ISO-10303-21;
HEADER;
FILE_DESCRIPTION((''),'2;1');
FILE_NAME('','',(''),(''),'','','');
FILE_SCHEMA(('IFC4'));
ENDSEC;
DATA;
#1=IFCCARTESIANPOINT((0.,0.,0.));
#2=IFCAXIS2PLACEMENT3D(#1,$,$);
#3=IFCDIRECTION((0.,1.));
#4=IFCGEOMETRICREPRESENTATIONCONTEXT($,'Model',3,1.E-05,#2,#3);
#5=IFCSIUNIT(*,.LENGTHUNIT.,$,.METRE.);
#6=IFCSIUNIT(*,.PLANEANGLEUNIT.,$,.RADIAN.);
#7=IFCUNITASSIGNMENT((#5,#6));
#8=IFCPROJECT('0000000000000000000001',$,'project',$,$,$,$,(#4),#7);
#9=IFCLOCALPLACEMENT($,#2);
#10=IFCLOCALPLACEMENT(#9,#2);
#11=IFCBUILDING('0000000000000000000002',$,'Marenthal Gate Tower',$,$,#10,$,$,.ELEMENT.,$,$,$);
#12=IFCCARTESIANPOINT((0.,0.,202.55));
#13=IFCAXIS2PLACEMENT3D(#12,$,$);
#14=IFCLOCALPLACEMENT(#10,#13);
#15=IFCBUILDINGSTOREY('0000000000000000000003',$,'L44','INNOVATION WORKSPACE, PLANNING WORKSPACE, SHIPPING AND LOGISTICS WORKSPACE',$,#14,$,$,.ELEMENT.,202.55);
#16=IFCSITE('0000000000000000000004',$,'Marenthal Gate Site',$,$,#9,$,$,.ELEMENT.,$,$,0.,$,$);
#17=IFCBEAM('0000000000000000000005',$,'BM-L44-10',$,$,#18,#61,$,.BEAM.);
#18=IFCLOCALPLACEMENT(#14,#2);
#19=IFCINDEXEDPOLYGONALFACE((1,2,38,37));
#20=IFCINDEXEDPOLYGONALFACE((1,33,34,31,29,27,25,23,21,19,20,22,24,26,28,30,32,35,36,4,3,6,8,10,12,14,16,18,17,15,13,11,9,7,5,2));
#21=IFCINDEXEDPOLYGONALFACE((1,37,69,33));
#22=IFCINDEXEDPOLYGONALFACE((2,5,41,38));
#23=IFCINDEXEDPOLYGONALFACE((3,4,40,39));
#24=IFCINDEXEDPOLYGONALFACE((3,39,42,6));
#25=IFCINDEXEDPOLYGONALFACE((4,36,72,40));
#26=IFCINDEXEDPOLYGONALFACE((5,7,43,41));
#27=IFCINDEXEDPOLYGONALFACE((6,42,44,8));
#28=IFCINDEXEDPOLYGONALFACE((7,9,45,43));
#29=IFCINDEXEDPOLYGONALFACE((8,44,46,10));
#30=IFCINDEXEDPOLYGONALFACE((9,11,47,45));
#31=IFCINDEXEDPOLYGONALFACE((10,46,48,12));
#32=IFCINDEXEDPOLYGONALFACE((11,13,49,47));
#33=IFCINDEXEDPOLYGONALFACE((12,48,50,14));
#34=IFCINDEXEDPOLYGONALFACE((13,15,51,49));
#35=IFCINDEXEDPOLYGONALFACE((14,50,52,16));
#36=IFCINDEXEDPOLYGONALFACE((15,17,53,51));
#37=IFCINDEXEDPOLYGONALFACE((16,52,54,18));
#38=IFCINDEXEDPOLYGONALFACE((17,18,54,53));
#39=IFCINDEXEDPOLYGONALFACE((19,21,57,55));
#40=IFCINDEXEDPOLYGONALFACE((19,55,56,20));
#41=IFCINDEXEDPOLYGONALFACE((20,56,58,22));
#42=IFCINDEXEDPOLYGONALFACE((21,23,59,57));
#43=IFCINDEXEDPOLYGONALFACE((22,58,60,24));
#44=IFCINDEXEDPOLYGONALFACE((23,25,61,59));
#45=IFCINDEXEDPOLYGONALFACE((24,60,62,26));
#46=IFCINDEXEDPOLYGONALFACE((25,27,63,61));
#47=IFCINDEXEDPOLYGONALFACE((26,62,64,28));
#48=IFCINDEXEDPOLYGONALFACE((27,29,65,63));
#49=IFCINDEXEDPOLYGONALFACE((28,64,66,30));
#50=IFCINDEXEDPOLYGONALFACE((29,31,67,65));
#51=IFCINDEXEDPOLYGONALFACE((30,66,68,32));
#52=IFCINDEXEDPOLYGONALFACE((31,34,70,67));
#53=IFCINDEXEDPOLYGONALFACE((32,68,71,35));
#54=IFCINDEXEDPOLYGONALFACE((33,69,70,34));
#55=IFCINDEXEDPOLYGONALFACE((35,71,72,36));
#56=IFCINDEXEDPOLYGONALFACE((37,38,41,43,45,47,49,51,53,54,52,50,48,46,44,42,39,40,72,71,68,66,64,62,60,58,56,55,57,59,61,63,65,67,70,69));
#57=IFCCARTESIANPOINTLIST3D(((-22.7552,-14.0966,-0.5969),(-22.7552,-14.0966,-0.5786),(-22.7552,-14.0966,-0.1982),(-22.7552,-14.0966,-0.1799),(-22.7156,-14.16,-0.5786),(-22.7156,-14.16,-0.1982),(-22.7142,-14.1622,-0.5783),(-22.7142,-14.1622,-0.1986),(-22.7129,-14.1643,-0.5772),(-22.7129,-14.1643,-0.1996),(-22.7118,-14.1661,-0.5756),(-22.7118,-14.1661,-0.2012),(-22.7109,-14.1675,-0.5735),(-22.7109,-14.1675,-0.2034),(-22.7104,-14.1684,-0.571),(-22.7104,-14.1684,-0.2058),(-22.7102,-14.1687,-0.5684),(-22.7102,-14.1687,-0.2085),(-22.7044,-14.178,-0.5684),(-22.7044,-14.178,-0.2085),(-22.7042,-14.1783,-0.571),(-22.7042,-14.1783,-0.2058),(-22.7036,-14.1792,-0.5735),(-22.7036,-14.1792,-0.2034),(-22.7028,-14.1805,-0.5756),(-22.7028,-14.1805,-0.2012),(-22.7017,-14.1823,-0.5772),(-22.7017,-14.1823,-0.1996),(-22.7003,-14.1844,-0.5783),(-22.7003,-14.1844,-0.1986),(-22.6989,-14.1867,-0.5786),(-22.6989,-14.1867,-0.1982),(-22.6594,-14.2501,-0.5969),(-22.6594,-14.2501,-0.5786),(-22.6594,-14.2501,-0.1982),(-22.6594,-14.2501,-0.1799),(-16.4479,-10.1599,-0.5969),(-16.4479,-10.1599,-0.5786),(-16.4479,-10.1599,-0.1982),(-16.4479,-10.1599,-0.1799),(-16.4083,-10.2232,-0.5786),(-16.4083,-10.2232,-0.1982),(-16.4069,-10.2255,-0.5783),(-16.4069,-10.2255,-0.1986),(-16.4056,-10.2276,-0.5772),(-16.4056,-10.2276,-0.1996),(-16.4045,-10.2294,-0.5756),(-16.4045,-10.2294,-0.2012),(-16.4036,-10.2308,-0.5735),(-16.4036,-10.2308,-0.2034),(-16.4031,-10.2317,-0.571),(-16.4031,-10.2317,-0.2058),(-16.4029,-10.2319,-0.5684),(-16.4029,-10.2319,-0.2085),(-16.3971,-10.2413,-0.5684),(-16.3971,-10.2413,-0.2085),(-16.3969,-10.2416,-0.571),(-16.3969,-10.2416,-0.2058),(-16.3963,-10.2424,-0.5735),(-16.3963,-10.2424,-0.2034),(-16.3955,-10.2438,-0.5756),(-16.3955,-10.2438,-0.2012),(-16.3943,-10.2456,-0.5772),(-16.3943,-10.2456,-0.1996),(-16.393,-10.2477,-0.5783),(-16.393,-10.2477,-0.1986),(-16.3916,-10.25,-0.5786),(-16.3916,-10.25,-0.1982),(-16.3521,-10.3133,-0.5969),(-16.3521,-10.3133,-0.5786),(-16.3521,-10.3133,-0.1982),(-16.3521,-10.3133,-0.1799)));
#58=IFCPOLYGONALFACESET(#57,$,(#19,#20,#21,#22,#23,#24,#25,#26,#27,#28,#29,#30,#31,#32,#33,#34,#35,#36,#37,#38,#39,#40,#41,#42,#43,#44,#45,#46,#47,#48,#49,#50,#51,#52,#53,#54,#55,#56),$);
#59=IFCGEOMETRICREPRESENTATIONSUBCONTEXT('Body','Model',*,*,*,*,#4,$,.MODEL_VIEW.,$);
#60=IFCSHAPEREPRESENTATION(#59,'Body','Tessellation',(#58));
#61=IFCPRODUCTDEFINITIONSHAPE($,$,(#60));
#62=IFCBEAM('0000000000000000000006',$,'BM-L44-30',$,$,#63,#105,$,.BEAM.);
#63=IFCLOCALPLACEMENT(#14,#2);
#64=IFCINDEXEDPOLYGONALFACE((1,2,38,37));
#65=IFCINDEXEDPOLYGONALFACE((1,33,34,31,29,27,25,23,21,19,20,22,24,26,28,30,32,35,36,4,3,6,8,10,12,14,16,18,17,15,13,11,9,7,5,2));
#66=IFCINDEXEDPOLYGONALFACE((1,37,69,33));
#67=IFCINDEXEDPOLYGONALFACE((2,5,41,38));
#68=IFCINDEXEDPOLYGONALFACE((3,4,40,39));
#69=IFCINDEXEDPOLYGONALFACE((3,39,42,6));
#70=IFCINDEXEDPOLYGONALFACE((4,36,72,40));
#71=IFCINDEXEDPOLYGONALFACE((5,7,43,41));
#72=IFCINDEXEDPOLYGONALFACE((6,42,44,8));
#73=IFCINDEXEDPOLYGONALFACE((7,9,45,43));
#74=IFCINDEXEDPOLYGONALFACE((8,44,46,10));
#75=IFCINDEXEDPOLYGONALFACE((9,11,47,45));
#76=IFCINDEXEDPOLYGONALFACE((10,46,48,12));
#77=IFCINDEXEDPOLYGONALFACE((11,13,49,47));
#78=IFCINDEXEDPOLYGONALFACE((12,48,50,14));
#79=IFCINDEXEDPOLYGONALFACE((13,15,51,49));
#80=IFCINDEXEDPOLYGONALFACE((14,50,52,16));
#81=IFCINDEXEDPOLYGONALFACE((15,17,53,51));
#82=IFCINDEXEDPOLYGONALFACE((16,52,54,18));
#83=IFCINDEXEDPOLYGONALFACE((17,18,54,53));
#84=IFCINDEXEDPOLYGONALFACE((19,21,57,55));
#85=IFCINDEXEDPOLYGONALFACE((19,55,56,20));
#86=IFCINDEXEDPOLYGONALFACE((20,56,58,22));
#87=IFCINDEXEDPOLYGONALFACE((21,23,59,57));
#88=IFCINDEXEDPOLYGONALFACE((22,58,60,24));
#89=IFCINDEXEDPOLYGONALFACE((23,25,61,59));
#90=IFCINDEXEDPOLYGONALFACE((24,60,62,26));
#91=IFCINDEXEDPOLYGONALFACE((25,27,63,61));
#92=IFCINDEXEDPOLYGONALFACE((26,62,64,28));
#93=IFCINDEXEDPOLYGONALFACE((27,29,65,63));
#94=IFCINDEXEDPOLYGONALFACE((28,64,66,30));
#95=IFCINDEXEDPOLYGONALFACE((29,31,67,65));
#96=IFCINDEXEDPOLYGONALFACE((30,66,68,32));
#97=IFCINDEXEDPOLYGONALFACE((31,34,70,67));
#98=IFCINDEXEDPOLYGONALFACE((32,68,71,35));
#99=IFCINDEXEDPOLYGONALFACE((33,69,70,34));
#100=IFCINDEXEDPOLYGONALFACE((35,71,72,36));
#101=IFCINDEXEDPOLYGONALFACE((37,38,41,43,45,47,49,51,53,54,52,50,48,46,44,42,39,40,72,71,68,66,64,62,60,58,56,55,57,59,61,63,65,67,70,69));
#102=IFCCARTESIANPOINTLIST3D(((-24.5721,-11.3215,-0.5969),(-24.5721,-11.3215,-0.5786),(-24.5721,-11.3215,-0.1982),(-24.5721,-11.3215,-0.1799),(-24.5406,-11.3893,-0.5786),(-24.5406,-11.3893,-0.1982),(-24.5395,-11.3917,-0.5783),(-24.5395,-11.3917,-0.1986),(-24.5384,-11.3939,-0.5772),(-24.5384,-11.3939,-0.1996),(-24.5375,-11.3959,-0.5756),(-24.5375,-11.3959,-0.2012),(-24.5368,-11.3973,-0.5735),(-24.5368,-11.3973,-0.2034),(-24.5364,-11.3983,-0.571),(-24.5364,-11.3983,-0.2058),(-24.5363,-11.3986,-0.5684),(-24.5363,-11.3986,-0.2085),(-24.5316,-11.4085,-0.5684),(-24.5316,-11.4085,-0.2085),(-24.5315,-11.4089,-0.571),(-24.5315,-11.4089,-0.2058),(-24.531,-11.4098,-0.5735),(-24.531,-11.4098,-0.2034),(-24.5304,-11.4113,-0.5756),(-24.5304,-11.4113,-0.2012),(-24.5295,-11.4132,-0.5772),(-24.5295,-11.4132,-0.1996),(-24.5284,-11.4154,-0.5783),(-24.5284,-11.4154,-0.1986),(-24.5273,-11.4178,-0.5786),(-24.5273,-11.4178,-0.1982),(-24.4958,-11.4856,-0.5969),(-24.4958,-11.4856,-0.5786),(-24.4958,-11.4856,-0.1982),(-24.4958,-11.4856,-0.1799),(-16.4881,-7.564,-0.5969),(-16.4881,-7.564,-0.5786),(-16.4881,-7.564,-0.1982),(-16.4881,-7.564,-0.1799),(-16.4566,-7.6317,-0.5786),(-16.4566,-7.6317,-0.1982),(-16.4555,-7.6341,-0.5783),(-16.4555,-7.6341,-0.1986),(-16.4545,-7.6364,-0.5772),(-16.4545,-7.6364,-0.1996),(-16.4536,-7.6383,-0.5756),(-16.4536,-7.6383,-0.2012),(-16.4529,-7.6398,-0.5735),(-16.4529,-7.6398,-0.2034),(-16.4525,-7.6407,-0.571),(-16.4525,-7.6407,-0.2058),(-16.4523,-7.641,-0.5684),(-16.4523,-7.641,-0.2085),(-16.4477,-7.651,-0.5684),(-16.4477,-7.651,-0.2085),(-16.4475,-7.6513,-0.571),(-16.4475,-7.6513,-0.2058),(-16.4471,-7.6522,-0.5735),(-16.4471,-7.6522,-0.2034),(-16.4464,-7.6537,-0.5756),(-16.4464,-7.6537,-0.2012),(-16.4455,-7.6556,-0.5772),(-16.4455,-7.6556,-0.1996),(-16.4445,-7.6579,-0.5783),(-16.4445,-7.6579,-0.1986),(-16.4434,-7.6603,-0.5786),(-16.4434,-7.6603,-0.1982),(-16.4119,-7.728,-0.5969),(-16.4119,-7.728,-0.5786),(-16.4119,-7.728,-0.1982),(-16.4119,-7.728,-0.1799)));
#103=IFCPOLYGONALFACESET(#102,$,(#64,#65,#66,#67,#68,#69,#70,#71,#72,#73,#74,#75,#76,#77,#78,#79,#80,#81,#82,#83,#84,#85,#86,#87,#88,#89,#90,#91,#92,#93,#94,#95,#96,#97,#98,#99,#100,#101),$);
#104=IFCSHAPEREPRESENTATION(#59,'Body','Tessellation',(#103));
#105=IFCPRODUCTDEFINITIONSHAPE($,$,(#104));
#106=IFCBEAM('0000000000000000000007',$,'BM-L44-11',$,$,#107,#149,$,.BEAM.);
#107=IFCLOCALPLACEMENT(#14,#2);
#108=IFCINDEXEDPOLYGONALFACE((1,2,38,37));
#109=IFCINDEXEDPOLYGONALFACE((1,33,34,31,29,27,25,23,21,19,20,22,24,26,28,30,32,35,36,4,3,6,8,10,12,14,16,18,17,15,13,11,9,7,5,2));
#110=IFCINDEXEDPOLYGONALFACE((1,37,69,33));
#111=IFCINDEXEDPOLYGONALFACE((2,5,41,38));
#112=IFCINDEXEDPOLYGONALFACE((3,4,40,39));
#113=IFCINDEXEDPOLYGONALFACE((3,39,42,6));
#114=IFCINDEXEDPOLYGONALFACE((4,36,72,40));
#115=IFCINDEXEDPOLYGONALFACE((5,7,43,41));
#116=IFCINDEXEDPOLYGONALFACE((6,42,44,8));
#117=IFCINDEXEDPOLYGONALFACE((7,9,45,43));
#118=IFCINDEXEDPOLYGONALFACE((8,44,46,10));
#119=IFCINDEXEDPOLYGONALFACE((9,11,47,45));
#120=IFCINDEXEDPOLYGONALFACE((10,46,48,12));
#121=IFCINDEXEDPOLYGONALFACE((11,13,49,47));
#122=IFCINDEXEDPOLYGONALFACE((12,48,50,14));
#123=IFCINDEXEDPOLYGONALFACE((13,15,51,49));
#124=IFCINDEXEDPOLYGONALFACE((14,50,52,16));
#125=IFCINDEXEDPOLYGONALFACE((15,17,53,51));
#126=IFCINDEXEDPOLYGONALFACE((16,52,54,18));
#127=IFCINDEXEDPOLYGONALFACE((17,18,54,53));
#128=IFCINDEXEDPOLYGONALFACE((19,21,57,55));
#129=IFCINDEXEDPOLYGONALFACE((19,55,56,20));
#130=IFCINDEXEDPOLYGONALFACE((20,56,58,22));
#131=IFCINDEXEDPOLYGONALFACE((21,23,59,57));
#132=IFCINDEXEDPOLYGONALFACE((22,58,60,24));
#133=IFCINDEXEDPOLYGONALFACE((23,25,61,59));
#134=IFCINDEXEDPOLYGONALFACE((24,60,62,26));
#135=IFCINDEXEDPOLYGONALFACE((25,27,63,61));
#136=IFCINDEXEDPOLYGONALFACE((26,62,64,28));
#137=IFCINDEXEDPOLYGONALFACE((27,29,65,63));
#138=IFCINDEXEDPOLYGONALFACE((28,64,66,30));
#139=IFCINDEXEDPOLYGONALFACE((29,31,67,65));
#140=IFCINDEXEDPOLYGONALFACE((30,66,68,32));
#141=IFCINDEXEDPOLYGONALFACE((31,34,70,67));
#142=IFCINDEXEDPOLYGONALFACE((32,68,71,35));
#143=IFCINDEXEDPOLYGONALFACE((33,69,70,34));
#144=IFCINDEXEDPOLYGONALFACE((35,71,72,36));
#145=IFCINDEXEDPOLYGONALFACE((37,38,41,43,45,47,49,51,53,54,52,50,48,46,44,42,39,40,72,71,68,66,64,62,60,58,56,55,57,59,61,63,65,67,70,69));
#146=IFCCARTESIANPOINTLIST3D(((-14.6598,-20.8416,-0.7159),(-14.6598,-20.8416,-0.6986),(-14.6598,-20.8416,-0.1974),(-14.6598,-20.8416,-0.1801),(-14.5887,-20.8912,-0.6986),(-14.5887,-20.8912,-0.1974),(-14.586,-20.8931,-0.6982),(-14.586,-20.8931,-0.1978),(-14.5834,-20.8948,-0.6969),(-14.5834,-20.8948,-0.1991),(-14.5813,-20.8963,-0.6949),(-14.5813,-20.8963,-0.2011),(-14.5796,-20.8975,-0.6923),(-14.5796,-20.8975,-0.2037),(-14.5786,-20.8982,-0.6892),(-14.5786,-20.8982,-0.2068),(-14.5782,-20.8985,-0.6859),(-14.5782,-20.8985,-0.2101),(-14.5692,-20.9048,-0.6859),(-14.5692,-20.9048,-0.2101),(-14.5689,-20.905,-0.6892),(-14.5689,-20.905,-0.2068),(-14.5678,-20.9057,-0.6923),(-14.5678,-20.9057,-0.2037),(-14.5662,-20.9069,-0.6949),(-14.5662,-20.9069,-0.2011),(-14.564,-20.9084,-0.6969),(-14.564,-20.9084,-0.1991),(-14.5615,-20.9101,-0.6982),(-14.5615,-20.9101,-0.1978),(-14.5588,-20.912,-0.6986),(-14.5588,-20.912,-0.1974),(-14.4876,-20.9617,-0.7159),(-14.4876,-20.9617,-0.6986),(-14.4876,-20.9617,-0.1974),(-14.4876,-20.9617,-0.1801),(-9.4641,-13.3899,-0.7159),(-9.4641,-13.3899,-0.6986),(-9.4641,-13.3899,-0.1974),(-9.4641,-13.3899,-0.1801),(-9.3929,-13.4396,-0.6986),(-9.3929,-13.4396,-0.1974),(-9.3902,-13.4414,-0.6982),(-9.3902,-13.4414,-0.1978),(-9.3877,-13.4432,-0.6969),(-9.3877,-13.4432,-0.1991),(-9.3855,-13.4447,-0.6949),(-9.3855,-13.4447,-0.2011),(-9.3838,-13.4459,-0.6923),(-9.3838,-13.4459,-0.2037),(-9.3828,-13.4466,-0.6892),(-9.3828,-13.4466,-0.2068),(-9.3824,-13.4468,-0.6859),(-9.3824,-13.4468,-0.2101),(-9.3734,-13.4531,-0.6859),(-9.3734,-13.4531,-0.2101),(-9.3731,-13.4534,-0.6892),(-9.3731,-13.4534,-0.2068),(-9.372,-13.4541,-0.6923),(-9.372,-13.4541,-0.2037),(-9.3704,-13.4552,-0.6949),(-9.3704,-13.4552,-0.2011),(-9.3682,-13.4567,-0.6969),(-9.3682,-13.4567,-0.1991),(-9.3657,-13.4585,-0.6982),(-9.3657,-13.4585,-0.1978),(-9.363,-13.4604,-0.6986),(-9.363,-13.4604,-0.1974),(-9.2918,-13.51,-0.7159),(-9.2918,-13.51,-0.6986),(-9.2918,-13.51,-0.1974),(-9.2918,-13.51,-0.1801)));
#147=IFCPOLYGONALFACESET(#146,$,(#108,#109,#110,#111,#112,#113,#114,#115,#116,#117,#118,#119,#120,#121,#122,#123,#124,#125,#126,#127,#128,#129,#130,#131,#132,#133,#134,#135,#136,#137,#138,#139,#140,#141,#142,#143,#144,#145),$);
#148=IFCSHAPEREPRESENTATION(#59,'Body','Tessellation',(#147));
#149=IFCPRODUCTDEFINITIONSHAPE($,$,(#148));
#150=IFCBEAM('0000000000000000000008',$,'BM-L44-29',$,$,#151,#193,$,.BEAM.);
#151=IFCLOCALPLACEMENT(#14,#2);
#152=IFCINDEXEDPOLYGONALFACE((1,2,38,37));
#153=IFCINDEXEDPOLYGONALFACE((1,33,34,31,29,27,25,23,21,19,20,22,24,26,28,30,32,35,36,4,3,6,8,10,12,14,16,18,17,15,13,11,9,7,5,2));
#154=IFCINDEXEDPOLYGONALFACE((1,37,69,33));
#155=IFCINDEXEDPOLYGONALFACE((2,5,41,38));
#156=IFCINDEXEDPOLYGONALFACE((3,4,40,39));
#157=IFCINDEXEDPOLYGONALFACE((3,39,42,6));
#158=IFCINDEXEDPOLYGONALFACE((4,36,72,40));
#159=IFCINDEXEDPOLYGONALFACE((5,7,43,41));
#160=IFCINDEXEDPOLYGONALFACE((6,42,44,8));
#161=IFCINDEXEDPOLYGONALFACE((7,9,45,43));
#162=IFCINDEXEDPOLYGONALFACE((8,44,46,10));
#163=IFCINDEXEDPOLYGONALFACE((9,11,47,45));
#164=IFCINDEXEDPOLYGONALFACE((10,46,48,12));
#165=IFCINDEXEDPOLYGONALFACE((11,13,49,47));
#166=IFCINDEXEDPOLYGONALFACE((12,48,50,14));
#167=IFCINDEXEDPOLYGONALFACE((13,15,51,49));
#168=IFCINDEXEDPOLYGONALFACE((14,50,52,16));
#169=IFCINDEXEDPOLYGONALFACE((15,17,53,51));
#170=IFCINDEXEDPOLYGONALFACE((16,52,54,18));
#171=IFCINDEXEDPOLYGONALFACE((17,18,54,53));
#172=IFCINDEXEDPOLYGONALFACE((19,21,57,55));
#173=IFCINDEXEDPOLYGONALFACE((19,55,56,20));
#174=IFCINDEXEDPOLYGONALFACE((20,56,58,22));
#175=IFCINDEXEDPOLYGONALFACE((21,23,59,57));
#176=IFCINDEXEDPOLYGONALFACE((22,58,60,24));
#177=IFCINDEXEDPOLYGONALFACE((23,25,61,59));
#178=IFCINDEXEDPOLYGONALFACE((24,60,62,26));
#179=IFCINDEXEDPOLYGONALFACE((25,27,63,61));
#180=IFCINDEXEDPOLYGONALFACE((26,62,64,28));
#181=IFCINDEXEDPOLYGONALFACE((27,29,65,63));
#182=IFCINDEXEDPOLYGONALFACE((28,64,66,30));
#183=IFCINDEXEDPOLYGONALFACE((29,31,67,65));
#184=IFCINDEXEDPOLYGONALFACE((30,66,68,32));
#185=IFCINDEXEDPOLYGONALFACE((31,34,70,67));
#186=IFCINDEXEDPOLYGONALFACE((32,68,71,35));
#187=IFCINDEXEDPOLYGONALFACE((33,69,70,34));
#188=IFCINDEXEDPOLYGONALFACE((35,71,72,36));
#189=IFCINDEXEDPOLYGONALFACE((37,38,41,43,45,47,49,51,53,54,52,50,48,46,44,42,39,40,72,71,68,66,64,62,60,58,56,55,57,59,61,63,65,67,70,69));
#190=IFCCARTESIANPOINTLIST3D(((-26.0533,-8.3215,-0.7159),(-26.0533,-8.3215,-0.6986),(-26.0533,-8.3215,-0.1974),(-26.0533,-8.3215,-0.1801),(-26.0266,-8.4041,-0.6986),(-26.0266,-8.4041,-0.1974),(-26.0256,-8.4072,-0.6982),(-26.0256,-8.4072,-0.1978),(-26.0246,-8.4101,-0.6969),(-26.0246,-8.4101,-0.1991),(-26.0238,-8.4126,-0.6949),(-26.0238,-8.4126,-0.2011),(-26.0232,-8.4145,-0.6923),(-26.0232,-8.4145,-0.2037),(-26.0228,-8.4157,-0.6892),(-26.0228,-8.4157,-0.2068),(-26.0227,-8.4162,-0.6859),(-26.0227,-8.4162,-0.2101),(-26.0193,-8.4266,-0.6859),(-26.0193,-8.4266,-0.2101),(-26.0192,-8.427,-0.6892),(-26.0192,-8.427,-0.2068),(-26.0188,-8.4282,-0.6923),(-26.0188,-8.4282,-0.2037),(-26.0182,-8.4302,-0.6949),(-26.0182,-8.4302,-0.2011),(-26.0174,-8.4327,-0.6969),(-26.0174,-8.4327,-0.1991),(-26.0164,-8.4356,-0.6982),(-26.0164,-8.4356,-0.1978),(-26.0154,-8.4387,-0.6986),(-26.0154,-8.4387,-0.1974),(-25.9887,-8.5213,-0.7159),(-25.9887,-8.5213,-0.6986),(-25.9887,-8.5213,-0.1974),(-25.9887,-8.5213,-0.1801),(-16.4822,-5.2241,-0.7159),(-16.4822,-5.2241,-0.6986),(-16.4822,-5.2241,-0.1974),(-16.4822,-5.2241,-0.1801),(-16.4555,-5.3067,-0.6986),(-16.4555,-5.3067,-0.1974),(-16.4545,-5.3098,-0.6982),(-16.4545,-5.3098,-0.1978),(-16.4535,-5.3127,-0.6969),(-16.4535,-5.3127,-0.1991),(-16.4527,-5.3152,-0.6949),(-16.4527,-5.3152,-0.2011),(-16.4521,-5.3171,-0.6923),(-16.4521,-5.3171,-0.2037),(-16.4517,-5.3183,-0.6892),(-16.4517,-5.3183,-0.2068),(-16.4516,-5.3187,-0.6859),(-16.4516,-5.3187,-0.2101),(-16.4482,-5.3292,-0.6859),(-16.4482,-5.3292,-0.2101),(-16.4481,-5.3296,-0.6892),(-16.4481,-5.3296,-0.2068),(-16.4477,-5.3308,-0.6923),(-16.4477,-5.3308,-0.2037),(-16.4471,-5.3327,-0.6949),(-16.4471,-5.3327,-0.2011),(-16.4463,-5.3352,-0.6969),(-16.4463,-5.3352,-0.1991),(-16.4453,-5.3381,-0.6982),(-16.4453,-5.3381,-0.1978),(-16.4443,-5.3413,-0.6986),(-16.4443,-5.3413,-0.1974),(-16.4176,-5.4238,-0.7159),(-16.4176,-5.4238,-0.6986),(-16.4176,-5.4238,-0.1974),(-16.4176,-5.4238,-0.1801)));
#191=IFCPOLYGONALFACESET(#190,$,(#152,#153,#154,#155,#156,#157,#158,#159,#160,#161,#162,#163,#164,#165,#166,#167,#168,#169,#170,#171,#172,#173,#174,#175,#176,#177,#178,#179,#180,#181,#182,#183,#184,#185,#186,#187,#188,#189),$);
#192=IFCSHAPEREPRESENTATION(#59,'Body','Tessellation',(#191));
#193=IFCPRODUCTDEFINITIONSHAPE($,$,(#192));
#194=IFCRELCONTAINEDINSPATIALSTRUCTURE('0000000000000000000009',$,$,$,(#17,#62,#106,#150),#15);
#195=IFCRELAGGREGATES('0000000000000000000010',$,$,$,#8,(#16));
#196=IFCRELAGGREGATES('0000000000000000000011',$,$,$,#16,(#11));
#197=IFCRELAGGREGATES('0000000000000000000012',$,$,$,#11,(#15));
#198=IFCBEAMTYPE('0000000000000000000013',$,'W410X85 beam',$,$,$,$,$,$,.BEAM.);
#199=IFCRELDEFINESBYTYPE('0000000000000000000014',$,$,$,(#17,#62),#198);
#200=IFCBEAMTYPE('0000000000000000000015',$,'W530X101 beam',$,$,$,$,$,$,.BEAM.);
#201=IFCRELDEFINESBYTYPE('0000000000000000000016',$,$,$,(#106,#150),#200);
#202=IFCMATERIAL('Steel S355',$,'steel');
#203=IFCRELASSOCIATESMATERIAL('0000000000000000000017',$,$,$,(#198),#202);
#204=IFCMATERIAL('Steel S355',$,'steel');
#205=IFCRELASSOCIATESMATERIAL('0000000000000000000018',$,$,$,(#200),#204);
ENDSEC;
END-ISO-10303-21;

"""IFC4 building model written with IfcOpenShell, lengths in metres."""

from ifc_helpers import new_model, si_unit, direction, frame, origin, origin_2d, place, context, subcontext, project, spatial, i_section, extrude, material, material_profile, profile_set, type_object, element, save


model = new_model("IFC4")

# Units and contexts
model_context = context("Model", 3, precision=1e-05, world=origin(), true_north=direction((0.0, 1.0)))
body_context = subcontext(model_context, "Body", "Model", "MODEL_VIEW")
ifc_project = project(units=[si_unit("LENGTHUNIT", "METRE"), si_unit("PLANEANGLEUNIT", "RADIAN")], contexts=[model_context])

# Site, building, storey
site_placement = place(None, origin())
site = spatial("IfcSite", under=ifc_project, at=site_placement, Name="Marenthal Gate Site", CompositionType="ELEMENT", RefElevation=0.0)
building_placement = place(site_placement, origin())
building = spatial("IfcBuilding", under=site, at=building_placement, Name="Marenthal Gate Tower", CompositionType="ELEMENT")
storey_placement = place(building_placement, frame((0.0, 0.0, 202.55)))
storey = spatial("IfcBuildingStorey", under=building, at=storey_placement, Name="L44", Description="INNOVATION WORKSPACE, PLANNING WORKSPACE, SHIPPING AND LOGISTICS WORKSPACE", CompositionType="ELEMENT", Elevation=202.55)

# Beams
ifc_material_1 = material(Name="Steel S355", Category="steel")
ifc_material_profile_1 = material_profile(ifc_material_1, i_section(OverallWidth=0.1809, OverallDepth=0.417, WebThickness=0.011, FlangeThickness=0.0183, FilletRadius=0.0103, at=origin_2d()), Name="W410X85")
ifc_profile_set_1 = profile_set([ifc_material_profile_1], Name="Steel S355")
beam_type_1 = type_object("IfcBeamType", Name="W410X85 beam", PredefinedType="BEAM", material=ifc_profile_set_1)
beam_1_placement = place(storey_placement, frame((-22.7073, -14.1733, -0.3884), z_axis=(0.848321, 0.529482, 0.0), x_axis=(-0.529482, 0.848321, 0.0)))
element("IfcBeam", 1, at=beam_1_placement, inside=storey, type_object=beam_type_1, Name="BM-L44-10", PredefinedType="BEAM", context=body_context, shape_type="SweptSolid", body=[
    extrude(i_section(OverallWidth=0.1809, OverallDepth=0.417, WebThickness=0.011, FlangeThickness=0.0183, FilletRadius=0.0103, at=origin_2d()), origin(), (0.0, 0.0, 1.0), 7.4351),
])
beam_2_placement = place(storey_placement, frame((-24.5339, -11.4036, -0.3884), z_axis=(0.906825, 0.421507, 0.0), x_axis=(-0.421507, 0.906825, 0.0)))
element("IfcBeam", 2, at=beam_2_placement, inside=storey, type_object=beam_type_1, Name="BM-L44-30", PredefinedType="BEAM", context=body_context, shape_type="SweptSolid", body=[
    extrude(i_section(OverallWidth=0.1809, OverallDepth=0.417, WebThickness=0.011, FlangeThickness=0.0183, FilletRadius=0.0103, at=origin_2d()), origin(), (0.0, 0.0, 1.0), 8.9146),
])
ifc_material_2 = material(Name="Steel S355", Category="steel")
ifc_material_profile_2 = material_profile(ifc_material_2, i_section(OverallWidth=0.21, OverallDepth=0.5359, WebThickness=0.011, FlangeThickness=0.0173, FilletRadius=0.0127, at=origin_2d()), Name="W530X101")
ifc_profile_set_2 = profile_set([ifc_material_profile_2], Name="Steel S355")
beam_type_2 = type_object("IfcBeamType", Name="W530X101 beam", PredefinedType="BEAM", material=ifc_profile_set_2)
beam_3_placement = place(storey_placement, frame((-14.5737, -20.9016, -0.448), z_axis=(0.571957, 0.820284, 0.0), x_axis=(-0.820284, 0.571957, 0.0)))
element("IfcBeam", 3, at=beam_3_placement, inside=storey, type_object=beam_type_2, Name="BM-L44-11", PredefinedType="BEAM", context=body_context, shape_type="SweptSolid", body=[
    extrude(i_section(OverallWidth=0.21, OverallDepth=0.5359, WebThickness=0.011, FlangeThickness=0.0173, FilletRadius=0.0127, at=origin_2d()), origin(), (0.0, 0.0, 1.0), 9.0842),
])
beam_4_placement = place(storey_placement, frame((-26.021, -8.4214, -0.448), z_axis=(0.951418, 0.307901, 0.0), x_axis=(-0.307901, 0.951418, 0.0)))
element("IfcBeam", 4, at=beam_4_placement, inside=storey, type_object=beam_type_2, Name="BM-L44-29", PredefinedType="BEAM", context=body_context, shape_type="SweptSolid", body=[
    extrude(i_section(OverallWidth=0.21, OverallDepth=0.5359, WebThickness=0.011, FlangeThickness=0.0173, FilletRadius=0.0127, at=origin_2d()), origin(), (0.0, 0.0, 1.0), 10.0598),
])

save(model, "model.ifc")
